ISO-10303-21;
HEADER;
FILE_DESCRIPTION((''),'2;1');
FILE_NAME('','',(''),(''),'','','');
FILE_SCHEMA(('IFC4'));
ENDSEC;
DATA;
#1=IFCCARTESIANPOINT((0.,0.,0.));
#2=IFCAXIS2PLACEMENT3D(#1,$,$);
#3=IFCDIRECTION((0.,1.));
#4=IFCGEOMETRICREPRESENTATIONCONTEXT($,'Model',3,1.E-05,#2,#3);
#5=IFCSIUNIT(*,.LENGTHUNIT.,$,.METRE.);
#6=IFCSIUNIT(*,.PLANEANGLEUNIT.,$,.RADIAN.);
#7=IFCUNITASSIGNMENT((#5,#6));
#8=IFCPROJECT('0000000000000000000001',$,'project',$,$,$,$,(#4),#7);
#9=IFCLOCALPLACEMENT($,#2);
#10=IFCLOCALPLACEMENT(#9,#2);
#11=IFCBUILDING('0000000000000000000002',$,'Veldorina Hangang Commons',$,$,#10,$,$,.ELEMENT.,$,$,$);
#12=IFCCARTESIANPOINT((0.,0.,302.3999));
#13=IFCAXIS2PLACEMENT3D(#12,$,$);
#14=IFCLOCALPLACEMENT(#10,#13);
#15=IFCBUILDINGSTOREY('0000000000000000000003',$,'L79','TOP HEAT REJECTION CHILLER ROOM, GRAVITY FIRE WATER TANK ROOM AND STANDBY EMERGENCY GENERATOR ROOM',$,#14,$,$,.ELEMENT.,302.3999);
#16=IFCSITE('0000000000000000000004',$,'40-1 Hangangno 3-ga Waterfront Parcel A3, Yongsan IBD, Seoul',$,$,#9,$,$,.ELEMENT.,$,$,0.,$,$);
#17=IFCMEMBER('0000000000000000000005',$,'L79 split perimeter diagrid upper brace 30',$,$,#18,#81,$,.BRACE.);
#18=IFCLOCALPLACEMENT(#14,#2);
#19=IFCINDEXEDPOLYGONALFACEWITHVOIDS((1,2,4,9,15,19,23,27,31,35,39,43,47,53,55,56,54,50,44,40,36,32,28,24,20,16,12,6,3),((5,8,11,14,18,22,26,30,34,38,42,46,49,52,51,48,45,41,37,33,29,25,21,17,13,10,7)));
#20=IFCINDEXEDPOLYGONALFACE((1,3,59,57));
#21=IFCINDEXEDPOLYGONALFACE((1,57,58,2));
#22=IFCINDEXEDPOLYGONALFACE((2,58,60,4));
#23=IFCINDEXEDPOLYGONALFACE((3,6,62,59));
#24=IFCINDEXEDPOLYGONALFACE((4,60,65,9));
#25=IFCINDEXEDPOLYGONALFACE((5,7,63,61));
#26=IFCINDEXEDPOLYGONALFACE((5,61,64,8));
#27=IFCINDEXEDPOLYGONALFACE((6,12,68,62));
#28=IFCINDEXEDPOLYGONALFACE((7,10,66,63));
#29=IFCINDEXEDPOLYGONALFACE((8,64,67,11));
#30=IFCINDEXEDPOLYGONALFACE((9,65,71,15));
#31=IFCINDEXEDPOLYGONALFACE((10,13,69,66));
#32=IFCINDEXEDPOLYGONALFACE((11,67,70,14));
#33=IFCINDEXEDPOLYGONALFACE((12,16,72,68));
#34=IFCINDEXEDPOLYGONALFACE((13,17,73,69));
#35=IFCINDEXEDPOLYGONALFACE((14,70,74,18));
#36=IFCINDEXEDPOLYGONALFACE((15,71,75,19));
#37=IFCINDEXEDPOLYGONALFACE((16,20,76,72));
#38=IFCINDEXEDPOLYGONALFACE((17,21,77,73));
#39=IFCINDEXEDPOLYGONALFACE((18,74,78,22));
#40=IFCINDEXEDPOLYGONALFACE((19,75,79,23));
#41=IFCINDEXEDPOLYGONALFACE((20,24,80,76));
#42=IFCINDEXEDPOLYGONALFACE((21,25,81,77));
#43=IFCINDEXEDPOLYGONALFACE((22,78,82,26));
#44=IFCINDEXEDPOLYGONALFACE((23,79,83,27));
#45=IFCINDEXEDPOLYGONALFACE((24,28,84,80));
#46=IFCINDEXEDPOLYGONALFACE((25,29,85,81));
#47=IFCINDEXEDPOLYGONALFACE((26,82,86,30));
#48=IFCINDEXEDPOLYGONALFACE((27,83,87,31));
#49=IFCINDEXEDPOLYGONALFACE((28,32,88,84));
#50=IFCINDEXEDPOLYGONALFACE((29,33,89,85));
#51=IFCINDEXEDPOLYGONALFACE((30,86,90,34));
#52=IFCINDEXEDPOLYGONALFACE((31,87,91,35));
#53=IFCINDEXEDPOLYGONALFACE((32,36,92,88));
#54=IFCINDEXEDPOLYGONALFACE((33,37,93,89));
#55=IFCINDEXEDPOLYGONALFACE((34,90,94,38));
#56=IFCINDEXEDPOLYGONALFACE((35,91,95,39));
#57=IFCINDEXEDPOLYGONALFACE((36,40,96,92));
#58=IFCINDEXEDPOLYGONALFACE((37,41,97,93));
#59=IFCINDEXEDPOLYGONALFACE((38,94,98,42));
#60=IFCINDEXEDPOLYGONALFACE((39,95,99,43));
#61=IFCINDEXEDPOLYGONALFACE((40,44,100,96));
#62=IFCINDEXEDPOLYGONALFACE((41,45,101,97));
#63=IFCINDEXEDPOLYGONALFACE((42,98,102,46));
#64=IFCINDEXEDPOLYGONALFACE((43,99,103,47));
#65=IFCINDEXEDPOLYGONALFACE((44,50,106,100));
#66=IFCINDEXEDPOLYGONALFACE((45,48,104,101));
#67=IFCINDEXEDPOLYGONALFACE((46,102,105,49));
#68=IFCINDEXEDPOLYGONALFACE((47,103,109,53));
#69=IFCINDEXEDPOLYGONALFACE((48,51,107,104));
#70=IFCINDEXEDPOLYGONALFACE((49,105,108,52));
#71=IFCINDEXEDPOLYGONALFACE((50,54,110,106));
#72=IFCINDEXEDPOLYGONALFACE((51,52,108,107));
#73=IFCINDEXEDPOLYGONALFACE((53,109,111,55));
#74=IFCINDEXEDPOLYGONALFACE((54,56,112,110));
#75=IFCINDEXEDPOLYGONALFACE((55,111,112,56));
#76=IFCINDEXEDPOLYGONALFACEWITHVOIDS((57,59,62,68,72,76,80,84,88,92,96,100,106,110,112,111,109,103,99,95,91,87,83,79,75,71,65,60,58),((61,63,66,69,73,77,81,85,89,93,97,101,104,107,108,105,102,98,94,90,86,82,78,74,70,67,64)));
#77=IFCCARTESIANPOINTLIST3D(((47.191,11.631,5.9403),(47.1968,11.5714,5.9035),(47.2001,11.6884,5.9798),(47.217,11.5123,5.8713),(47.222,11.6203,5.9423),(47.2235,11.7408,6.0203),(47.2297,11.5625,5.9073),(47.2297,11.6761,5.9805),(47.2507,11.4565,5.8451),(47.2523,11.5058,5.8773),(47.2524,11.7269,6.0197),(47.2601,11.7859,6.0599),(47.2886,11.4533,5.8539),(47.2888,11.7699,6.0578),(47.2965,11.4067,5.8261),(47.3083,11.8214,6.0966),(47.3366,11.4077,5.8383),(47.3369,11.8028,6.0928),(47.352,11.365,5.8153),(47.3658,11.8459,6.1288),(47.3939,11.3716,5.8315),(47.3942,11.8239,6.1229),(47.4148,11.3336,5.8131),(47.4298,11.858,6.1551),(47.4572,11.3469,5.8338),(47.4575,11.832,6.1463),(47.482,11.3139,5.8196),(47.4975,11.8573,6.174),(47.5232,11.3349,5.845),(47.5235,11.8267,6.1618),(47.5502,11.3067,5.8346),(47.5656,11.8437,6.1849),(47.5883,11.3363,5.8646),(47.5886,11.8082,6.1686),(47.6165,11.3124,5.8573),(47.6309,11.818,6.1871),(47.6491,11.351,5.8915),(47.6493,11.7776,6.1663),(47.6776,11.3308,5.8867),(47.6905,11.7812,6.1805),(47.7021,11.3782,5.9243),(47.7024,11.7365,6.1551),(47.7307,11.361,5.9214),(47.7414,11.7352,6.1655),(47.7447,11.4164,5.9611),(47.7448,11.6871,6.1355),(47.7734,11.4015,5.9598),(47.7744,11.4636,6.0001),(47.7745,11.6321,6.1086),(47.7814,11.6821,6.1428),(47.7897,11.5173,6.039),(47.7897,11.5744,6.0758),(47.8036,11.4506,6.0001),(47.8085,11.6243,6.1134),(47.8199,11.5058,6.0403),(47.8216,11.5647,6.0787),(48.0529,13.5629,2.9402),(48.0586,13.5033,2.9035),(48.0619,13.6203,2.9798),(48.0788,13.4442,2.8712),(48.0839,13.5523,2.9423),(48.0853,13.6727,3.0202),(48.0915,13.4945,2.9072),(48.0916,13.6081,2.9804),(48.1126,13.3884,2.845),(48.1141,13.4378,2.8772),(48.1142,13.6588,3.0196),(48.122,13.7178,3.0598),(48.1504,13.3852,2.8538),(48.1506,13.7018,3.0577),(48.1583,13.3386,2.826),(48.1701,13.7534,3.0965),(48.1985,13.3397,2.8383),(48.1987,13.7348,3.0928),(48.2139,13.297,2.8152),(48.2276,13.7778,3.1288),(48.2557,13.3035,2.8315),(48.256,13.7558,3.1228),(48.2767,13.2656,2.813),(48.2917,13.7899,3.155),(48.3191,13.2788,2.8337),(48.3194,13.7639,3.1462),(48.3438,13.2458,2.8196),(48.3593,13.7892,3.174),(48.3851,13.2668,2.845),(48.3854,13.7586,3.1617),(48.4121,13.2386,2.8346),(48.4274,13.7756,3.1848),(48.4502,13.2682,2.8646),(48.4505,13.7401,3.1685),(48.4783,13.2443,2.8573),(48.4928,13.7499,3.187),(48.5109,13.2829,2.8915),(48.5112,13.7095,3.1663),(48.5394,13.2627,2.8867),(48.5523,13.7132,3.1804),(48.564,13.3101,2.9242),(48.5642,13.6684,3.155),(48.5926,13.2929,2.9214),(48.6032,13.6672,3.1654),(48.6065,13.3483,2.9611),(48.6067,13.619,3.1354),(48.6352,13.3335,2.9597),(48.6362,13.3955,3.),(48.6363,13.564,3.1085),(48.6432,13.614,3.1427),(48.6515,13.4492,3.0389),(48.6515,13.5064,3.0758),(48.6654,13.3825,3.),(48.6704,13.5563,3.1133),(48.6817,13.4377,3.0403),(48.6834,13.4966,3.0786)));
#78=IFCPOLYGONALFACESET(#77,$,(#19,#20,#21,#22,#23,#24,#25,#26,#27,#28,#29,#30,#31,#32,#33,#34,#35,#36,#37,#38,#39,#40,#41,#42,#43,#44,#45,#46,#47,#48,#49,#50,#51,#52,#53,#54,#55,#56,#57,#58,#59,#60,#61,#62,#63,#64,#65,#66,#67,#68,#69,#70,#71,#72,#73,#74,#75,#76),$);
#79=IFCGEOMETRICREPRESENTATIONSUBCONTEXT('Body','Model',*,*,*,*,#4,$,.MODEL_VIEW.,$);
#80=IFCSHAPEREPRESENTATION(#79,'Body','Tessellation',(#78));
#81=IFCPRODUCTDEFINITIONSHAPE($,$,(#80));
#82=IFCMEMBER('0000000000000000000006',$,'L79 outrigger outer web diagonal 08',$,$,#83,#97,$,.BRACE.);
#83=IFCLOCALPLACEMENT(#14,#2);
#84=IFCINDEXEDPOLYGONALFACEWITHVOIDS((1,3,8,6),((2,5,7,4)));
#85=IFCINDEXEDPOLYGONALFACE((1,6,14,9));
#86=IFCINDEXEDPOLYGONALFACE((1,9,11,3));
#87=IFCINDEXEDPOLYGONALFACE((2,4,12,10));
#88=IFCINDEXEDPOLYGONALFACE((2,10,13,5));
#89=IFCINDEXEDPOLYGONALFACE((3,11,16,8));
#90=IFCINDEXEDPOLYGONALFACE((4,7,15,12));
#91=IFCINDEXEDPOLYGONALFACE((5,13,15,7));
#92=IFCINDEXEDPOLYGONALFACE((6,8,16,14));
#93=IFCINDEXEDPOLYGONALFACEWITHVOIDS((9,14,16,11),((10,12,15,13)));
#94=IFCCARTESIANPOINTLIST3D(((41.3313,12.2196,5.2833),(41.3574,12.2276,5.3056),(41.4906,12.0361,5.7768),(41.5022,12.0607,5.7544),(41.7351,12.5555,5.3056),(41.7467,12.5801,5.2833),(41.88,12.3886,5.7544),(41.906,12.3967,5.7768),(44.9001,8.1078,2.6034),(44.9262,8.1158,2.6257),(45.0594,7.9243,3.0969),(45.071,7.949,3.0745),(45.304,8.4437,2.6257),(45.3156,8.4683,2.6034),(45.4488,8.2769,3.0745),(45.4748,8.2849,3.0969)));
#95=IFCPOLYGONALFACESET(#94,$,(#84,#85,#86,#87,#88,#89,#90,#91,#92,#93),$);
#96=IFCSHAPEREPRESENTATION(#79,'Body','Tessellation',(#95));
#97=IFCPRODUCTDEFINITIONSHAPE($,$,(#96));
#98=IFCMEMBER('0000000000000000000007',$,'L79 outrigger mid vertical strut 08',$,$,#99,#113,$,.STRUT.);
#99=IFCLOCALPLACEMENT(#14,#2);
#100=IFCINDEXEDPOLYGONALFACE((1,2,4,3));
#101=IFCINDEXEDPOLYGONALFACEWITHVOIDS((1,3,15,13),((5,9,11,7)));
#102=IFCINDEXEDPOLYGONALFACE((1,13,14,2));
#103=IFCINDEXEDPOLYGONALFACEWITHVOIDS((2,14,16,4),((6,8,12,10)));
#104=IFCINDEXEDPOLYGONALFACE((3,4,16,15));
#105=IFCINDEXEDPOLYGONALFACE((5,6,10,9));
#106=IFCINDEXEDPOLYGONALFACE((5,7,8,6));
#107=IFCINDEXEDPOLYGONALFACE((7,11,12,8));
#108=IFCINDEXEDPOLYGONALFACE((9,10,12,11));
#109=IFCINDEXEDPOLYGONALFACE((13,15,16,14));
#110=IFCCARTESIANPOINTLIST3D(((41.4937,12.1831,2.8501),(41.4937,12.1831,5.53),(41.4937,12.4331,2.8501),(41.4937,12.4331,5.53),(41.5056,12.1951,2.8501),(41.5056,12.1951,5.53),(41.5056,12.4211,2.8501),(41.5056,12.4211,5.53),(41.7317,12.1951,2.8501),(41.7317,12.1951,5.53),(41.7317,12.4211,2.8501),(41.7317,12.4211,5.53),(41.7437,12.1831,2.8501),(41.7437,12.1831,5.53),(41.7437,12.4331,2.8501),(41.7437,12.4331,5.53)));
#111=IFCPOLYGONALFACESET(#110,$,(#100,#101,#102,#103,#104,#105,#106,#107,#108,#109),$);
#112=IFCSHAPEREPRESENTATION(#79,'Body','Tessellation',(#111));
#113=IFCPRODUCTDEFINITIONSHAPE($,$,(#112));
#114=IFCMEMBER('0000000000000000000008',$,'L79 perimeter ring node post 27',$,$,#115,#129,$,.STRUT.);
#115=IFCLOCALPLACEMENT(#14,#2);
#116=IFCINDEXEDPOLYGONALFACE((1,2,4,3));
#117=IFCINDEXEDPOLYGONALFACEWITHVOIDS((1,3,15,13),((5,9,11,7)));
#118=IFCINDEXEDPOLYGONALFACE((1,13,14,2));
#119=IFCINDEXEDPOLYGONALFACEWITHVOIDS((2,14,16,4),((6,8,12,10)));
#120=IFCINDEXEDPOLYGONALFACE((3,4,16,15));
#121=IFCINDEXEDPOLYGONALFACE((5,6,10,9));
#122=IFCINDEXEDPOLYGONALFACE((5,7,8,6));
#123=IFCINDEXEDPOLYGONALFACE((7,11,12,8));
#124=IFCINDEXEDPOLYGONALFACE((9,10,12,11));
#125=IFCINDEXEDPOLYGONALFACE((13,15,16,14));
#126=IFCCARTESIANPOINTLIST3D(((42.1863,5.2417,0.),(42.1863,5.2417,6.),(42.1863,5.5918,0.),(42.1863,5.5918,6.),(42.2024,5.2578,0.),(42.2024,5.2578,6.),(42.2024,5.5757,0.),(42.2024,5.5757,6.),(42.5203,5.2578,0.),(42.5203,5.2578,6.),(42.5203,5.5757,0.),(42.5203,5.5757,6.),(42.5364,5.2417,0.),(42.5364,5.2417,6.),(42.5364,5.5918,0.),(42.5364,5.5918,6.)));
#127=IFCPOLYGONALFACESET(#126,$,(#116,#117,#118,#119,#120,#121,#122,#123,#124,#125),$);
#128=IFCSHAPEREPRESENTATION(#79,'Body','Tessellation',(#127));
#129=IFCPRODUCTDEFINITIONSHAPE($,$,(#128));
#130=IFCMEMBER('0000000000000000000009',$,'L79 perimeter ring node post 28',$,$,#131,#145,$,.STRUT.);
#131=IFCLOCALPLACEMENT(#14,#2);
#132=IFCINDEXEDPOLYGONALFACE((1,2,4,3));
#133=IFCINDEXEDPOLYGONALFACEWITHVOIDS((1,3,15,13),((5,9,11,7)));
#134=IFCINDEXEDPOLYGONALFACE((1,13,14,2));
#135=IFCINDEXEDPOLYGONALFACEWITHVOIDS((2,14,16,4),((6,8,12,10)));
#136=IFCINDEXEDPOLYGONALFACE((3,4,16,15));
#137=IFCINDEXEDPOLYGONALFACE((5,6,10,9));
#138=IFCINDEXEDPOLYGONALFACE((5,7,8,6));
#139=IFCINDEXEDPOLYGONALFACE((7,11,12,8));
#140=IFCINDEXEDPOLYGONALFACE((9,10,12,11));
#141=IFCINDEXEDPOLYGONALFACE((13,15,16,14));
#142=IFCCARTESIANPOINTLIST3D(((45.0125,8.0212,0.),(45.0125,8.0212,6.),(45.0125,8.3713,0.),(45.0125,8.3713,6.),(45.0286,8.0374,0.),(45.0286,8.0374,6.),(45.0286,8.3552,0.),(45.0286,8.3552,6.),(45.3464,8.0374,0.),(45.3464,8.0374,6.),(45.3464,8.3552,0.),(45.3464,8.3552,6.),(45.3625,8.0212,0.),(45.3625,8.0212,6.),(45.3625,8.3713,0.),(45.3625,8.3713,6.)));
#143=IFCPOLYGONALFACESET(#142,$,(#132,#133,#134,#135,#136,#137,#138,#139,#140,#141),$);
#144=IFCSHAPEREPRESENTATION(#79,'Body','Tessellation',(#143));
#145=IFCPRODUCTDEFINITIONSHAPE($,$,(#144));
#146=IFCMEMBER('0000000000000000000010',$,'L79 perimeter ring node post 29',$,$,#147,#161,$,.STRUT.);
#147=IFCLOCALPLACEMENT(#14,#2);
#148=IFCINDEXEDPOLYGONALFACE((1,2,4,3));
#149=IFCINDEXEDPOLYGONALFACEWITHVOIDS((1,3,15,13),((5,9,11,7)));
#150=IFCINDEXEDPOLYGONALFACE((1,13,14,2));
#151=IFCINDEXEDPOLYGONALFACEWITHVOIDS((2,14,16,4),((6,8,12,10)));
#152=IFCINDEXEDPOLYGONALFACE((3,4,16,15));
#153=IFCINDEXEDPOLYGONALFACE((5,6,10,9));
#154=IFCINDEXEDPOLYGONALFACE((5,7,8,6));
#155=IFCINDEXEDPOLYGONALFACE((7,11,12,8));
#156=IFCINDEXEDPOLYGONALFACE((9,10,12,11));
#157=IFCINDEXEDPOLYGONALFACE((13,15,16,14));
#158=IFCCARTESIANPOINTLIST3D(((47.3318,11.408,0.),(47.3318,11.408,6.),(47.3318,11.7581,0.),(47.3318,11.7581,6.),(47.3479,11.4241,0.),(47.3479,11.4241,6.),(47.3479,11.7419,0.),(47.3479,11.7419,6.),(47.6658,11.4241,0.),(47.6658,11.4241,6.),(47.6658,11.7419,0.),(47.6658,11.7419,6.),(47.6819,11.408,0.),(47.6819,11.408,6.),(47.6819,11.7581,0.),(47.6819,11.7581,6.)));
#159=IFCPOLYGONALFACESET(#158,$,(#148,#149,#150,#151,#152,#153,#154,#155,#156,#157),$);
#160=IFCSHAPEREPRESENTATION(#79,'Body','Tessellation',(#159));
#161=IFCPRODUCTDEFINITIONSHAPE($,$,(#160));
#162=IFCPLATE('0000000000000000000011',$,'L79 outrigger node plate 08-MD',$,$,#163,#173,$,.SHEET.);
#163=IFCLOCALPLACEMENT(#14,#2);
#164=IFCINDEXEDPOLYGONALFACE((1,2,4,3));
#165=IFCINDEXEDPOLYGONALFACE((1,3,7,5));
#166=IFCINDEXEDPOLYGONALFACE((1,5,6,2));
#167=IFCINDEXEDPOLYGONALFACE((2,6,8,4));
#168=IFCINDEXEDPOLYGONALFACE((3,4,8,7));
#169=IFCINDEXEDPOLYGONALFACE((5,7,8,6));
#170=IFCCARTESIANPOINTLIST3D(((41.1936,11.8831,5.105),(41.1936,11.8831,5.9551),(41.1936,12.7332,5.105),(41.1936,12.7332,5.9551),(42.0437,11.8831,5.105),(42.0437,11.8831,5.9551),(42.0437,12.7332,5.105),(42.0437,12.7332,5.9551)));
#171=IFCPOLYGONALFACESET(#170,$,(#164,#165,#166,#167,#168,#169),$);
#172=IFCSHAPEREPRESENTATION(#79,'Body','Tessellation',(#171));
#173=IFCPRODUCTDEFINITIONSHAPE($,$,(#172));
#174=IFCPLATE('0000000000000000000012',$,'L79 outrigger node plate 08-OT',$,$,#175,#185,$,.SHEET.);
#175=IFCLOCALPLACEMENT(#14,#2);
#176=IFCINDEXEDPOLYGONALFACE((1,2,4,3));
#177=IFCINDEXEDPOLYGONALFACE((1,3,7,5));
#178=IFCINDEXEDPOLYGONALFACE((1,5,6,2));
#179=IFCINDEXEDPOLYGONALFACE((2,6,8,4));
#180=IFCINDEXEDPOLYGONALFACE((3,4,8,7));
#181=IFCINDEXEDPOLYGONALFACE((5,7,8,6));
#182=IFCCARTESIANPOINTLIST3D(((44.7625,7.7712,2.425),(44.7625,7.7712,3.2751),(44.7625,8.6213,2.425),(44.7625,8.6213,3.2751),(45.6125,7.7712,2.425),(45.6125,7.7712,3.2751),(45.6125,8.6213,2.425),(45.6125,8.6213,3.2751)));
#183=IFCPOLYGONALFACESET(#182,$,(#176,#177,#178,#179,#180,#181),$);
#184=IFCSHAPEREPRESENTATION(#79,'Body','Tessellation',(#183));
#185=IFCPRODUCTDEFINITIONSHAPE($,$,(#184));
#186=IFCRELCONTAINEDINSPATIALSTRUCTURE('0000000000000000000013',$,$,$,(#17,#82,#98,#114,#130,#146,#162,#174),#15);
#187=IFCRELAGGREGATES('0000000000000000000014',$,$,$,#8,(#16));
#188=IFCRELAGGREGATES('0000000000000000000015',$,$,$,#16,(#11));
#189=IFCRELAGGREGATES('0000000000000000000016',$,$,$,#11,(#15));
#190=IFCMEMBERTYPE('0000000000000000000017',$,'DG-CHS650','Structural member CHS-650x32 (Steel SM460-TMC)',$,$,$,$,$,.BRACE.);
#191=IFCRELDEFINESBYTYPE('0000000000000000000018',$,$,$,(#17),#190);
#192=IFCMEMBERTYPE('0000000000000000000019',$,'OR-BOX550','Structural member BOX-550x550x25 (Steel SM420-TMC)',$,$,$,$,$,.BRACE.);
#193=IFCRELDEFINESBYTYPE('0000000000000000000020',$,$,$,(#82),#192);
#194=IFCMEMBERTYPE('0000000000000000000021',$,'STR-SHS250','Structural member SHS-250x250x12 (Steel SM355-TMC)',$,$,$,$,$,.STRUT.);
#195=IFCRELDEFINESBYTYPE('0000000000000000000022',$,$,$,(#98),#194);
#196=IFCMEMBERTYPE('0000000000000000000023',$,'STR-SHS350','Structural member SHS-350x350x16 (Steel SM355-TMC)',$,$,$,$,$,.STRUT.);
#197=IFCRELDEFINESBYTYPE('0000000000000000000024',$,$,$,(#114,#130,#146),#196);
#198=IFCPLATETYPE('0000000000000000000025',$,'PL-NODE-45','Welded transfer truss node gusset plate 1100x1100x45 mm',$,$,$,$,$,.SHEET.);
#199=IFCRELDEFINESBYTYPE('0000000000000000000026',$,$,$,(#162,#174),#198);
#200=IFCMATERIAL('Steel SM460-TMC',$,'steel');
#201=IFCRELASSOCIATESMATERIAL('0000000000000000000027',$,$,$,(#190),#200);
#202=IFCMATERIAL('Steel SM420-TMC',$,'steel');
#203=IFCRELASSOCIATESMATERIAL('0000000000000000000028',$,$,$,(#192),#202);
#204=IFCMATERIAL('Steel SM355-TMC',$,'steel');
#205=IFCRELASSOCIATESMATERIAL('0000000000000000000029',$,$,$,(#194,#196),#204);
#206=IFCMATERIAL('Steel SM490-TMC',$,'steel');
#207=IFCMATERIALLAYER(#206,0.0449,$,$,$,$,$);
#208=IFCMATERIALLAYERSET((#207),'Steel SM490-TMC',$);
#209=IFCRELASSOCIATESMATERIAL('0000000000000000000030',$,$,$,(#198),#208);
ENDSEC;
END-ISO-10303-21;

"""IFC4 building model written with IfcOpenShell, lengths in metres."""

from ifc_helpers import new_model, si_unit, direction, frame, origin, origin_2d, place, context, subcontext, project, spatial, rectangle, hollow_rectangle, hollow_circle, extrude, material, layer, layer_set, material_profile, profile_set, type_object, element, save


model = new_model("IFC4")

# Units and contexts
model_context = context("Model", 3, precision=1e-05, world=origin(), true_north=direction((0.0, 1.0)))
body_context = subcontext(model_context, "Body", "Model", "MODEL_VIEW")
ifc_project = project(units=[si_unit("LENGTHUNIT", "METRE"), si_unit("PLANEANGLEUNIT", "RADIAN")], contexts=[model_context])

# Site, building, storey
site_placement = place(None, origin())
site = spatial("IfcSite", under=ifc_project, at=site_placement, Name="40-1 Hangangno 3-ga Waterfront Parcel A3, Yongsan IBD, Seoul", CompositionType="ELEMENT", RefElevation=0.0)
building_placement = place(site_placement, origin())
building = spatial("IfcBuilding", under=site, at=building_placement, Name="Veldorina Hangang Commons", CompositionType="ELEMENT")
storey_placement = place(building_placement, frame((0.0, 0.0, 302.3999)))
storey = spatial("IfcBuildingStorey", under=building, at=storey_placement, Name="L79", Description="TOP HEAT REJECTION CHILLER ROOM, GRAVITY FIRE WATER TANK ROOM AND STANDBY EMERGENCY GENERATOR ROOM", CompositionType="ELEMENT", Elevation=302.3999)

# Shared definitions
ifc_material_1 = material(Name="Steel SM460-TMC", Category="steel")
ifc_material_2 = material(Name="Steel SM355-TMC", Category="steel")

# Members
ifc_material_profile_1 = material_profile(ifc_material_1, hollow_circle(Radius=0.325, WallThickness=0.032, at=origin_2d()), Name="CHS-650x32")
ifc_profile_set_1 = profile_set([ifc_material_profile_1], Name="Steel SM460-TMC")
member_type_1 = type_object("IfcMemberType", Name="DG-CHS650", Description="Structural member CHS-650x32 (Steel SM460-TMC)", PredefinedType="BRACE", material=ifc_profile_set_1)
member_1_placement = place(storey_placement, frame((48.3687, 13.5149, 3.0), z_axis=(-0.234775, -0.526282, 0.817256), x_axis=(0.913249, -0.407402, 0.0)))
element("IfcMember", 1, at=member_1_placement, inside=storey, type_object=member_type_1, Name="L79 split perimeter diagrid upper brace 30", PredefinedType="BRACE", context=body_context, shape_type="SweptSolid", body=[
    extrude(hollow_circle(Radius=0.325, WallThickness=0.032, at=origin_2d()), origin(), (0.0, 0.0, 1.0), 3.6709),
])
ifc_material_3 = material(Name="Steel SM420-TMC", Category="steel")
ifc_material_profile_2 = material_profile(ifc_material_3, hollow_rectangle(XDim=0.55, YDim=0.55, WallThickness=0.0249, at=origin_2d()), Name="BOX-550x550x25")
ifc_profile_set_2 = profile_set([ifc_material_profile_2], Name="Steel SM420-TMC")
member_type_2 = type_object("IfcMemberType", Name="OR-BOX550", Description="Structural member BOX-550x550x25 (Steel SM420-TMC)", PredefinedType="BRACE", material=ifc_profile_set_2)
member_2_placement = place(storey_placement, frame((41.6187, 12.3081, 5.53), z_axis=(0.588101, -0.677576, -0.441619), x_axis=(0.75521, 0.655483, 0.0)))
element("IfcMember", 2, at=member_2_placement, inside=storey, type_object=member_type_2, Name="L79 outrigger outer web diagonal 08", PredefinedType="BRACE", context=body_context, shape_type="SweptSolid", body=[
    extrude(hollow_rectangle(XDim=0.55, YDim=0.55, WallThickness=0.0249, at=origin_2d()), origin(), (0.0, 0.0, 1.0), 6.0684),
])
ifc_material_profile_3 = material_profile(ifc_material_2, hollow_rectangle(XDim=0.25, YDim=0.25, WallThickness=0.012, at=origin_2d()), Name="SHS-250x250x12")
ifc_profile_set_3 = profile_set([ifc_material_profile_3], Name="Steel SM355-TMC")
member_type_3 = type_object("IfcMemberType", Name="STR-SHS250", Description="Structural member SHS-250x250x12 (Steel SM355-TMC)", PredefinedType="STRUT", material=ifc_profile_set_3)
member_3_placement = place(storey_placement, frame((41.6187, 12.3081, 2.8501), z_axis=(0.0, 0.0, 1.0), x_axis=(1.0, 0.0, 0.0)))
element("IfcMember", 3, at=member_3_placement, inside=storey, type_object=member_type_3, Name="L79 outrigger mid vertical strut 08", PredefinedType="STRUT", context=body_context, shape_type="SweptSolid", body=[
    extrude(hollow_rectangle(XDim=0.25, YDim=0.25, WallThickness=0.012, at=origin_2d()), origin(), (0.0, 0.0, 1.0), 2.6799),
])
ifc_material_profile_4 = material_profile(ifc_material_2, hollow_rectangle(XDim=0.3501, YDim=0.3501, WallThickness=0.0161, at=origin_2d()), Name="SHS-350x350x16")
ifc_profile_set_4 = profile_set([ifc_material_profile_4], Name="Steel SM355-TMC")
member_type_4 = type_object("IfcMemberType", Name="STR-SHS350", Description="Structural member SHS-350x350x16 (Steel SM355-TMC)", PredefinedType="STRUT", material=ifc_profile_set_4)
for number, where, z_axis, x_axis, name in (
    (4, (42.3613, 5.4167, 0.0), (0.0, 0.0, 1.0), (1.0, 0.0, 0.0), "L79 perimeter ring node post 27"),
    (5, (45.1875, 8.1963, 0.0), (0.0, 0.0, 1.0), (1.0, 0.0, 0.0), "L79 perimeter ring node post 28"),
    (6, (47.5068, 11.583, 0.0), (0.0, 0.0, 1.0), (1.0, 0.0, 0.0), "L79 perimeter ring node post 29"),
):
    element("IfcMember", number, at=place(storey_placement, frame(where, z_axis=z_axis, x_axis=x_axis)), inside=storey, type_object=member_type_4, Name=name, PredefinedType="STRUT", context=body_context, shape_type="SweptSolid", body=[
        extrude(hollow_rectangle(XDim=0.3501, YDim=0.3501, WallThickness=0.0161, at=origin_2d()), origin(), (0.0, 0.0, 1.0), 6.0),
    ])

# Plates
ifc_material_4 = material(Name="Steel SM490-TMC", Category="steel")
ifc_layer_1 = layer(ifc_material_4, 0.0449)
ifc_layer_set_1 = layer_set([ifc_layer_1], Name="Steel SM490-TMC")
plate_type_1 = type_object("IfcPlateType", Name="PL-NODE-45", Description="Welded transfer truss node gusset plate 1100x1100x45 mm", PredefinedType="SHEET", material=ifc_layer_set_1)
for number, where, z_axis, x_axis, name in (
    (7, (41.6187, 12.3081, 5.105), (0.0, 0.0, 1.0), (1.0, 0.0, 0.0), "L79 outrigger node plate 08-MD"),
    (8, (45.1875, 8.1963, 2.425), (0.0, 0.0, 1.0), (1.0, 0.0, 0.0), "L79 outrigger node plate 08-OT"),
):
    element("IfcPlate", number, at=place(storey_placement, frame(where, z_axis=z_axis, x_axis=x_axis)), inside=storey, type_object=plate_type_1, Name=name, PredefinedType="SHEET", context=body_context, shape_type="SweptSolid", body=[
        extrude(rectangle(XDim=0.8501, YDim=0.8501, at=origin_2d()), origin(), (0.0, 0.0, 1.0), 0.8501),
    ])

save(model, "model.ifc")
